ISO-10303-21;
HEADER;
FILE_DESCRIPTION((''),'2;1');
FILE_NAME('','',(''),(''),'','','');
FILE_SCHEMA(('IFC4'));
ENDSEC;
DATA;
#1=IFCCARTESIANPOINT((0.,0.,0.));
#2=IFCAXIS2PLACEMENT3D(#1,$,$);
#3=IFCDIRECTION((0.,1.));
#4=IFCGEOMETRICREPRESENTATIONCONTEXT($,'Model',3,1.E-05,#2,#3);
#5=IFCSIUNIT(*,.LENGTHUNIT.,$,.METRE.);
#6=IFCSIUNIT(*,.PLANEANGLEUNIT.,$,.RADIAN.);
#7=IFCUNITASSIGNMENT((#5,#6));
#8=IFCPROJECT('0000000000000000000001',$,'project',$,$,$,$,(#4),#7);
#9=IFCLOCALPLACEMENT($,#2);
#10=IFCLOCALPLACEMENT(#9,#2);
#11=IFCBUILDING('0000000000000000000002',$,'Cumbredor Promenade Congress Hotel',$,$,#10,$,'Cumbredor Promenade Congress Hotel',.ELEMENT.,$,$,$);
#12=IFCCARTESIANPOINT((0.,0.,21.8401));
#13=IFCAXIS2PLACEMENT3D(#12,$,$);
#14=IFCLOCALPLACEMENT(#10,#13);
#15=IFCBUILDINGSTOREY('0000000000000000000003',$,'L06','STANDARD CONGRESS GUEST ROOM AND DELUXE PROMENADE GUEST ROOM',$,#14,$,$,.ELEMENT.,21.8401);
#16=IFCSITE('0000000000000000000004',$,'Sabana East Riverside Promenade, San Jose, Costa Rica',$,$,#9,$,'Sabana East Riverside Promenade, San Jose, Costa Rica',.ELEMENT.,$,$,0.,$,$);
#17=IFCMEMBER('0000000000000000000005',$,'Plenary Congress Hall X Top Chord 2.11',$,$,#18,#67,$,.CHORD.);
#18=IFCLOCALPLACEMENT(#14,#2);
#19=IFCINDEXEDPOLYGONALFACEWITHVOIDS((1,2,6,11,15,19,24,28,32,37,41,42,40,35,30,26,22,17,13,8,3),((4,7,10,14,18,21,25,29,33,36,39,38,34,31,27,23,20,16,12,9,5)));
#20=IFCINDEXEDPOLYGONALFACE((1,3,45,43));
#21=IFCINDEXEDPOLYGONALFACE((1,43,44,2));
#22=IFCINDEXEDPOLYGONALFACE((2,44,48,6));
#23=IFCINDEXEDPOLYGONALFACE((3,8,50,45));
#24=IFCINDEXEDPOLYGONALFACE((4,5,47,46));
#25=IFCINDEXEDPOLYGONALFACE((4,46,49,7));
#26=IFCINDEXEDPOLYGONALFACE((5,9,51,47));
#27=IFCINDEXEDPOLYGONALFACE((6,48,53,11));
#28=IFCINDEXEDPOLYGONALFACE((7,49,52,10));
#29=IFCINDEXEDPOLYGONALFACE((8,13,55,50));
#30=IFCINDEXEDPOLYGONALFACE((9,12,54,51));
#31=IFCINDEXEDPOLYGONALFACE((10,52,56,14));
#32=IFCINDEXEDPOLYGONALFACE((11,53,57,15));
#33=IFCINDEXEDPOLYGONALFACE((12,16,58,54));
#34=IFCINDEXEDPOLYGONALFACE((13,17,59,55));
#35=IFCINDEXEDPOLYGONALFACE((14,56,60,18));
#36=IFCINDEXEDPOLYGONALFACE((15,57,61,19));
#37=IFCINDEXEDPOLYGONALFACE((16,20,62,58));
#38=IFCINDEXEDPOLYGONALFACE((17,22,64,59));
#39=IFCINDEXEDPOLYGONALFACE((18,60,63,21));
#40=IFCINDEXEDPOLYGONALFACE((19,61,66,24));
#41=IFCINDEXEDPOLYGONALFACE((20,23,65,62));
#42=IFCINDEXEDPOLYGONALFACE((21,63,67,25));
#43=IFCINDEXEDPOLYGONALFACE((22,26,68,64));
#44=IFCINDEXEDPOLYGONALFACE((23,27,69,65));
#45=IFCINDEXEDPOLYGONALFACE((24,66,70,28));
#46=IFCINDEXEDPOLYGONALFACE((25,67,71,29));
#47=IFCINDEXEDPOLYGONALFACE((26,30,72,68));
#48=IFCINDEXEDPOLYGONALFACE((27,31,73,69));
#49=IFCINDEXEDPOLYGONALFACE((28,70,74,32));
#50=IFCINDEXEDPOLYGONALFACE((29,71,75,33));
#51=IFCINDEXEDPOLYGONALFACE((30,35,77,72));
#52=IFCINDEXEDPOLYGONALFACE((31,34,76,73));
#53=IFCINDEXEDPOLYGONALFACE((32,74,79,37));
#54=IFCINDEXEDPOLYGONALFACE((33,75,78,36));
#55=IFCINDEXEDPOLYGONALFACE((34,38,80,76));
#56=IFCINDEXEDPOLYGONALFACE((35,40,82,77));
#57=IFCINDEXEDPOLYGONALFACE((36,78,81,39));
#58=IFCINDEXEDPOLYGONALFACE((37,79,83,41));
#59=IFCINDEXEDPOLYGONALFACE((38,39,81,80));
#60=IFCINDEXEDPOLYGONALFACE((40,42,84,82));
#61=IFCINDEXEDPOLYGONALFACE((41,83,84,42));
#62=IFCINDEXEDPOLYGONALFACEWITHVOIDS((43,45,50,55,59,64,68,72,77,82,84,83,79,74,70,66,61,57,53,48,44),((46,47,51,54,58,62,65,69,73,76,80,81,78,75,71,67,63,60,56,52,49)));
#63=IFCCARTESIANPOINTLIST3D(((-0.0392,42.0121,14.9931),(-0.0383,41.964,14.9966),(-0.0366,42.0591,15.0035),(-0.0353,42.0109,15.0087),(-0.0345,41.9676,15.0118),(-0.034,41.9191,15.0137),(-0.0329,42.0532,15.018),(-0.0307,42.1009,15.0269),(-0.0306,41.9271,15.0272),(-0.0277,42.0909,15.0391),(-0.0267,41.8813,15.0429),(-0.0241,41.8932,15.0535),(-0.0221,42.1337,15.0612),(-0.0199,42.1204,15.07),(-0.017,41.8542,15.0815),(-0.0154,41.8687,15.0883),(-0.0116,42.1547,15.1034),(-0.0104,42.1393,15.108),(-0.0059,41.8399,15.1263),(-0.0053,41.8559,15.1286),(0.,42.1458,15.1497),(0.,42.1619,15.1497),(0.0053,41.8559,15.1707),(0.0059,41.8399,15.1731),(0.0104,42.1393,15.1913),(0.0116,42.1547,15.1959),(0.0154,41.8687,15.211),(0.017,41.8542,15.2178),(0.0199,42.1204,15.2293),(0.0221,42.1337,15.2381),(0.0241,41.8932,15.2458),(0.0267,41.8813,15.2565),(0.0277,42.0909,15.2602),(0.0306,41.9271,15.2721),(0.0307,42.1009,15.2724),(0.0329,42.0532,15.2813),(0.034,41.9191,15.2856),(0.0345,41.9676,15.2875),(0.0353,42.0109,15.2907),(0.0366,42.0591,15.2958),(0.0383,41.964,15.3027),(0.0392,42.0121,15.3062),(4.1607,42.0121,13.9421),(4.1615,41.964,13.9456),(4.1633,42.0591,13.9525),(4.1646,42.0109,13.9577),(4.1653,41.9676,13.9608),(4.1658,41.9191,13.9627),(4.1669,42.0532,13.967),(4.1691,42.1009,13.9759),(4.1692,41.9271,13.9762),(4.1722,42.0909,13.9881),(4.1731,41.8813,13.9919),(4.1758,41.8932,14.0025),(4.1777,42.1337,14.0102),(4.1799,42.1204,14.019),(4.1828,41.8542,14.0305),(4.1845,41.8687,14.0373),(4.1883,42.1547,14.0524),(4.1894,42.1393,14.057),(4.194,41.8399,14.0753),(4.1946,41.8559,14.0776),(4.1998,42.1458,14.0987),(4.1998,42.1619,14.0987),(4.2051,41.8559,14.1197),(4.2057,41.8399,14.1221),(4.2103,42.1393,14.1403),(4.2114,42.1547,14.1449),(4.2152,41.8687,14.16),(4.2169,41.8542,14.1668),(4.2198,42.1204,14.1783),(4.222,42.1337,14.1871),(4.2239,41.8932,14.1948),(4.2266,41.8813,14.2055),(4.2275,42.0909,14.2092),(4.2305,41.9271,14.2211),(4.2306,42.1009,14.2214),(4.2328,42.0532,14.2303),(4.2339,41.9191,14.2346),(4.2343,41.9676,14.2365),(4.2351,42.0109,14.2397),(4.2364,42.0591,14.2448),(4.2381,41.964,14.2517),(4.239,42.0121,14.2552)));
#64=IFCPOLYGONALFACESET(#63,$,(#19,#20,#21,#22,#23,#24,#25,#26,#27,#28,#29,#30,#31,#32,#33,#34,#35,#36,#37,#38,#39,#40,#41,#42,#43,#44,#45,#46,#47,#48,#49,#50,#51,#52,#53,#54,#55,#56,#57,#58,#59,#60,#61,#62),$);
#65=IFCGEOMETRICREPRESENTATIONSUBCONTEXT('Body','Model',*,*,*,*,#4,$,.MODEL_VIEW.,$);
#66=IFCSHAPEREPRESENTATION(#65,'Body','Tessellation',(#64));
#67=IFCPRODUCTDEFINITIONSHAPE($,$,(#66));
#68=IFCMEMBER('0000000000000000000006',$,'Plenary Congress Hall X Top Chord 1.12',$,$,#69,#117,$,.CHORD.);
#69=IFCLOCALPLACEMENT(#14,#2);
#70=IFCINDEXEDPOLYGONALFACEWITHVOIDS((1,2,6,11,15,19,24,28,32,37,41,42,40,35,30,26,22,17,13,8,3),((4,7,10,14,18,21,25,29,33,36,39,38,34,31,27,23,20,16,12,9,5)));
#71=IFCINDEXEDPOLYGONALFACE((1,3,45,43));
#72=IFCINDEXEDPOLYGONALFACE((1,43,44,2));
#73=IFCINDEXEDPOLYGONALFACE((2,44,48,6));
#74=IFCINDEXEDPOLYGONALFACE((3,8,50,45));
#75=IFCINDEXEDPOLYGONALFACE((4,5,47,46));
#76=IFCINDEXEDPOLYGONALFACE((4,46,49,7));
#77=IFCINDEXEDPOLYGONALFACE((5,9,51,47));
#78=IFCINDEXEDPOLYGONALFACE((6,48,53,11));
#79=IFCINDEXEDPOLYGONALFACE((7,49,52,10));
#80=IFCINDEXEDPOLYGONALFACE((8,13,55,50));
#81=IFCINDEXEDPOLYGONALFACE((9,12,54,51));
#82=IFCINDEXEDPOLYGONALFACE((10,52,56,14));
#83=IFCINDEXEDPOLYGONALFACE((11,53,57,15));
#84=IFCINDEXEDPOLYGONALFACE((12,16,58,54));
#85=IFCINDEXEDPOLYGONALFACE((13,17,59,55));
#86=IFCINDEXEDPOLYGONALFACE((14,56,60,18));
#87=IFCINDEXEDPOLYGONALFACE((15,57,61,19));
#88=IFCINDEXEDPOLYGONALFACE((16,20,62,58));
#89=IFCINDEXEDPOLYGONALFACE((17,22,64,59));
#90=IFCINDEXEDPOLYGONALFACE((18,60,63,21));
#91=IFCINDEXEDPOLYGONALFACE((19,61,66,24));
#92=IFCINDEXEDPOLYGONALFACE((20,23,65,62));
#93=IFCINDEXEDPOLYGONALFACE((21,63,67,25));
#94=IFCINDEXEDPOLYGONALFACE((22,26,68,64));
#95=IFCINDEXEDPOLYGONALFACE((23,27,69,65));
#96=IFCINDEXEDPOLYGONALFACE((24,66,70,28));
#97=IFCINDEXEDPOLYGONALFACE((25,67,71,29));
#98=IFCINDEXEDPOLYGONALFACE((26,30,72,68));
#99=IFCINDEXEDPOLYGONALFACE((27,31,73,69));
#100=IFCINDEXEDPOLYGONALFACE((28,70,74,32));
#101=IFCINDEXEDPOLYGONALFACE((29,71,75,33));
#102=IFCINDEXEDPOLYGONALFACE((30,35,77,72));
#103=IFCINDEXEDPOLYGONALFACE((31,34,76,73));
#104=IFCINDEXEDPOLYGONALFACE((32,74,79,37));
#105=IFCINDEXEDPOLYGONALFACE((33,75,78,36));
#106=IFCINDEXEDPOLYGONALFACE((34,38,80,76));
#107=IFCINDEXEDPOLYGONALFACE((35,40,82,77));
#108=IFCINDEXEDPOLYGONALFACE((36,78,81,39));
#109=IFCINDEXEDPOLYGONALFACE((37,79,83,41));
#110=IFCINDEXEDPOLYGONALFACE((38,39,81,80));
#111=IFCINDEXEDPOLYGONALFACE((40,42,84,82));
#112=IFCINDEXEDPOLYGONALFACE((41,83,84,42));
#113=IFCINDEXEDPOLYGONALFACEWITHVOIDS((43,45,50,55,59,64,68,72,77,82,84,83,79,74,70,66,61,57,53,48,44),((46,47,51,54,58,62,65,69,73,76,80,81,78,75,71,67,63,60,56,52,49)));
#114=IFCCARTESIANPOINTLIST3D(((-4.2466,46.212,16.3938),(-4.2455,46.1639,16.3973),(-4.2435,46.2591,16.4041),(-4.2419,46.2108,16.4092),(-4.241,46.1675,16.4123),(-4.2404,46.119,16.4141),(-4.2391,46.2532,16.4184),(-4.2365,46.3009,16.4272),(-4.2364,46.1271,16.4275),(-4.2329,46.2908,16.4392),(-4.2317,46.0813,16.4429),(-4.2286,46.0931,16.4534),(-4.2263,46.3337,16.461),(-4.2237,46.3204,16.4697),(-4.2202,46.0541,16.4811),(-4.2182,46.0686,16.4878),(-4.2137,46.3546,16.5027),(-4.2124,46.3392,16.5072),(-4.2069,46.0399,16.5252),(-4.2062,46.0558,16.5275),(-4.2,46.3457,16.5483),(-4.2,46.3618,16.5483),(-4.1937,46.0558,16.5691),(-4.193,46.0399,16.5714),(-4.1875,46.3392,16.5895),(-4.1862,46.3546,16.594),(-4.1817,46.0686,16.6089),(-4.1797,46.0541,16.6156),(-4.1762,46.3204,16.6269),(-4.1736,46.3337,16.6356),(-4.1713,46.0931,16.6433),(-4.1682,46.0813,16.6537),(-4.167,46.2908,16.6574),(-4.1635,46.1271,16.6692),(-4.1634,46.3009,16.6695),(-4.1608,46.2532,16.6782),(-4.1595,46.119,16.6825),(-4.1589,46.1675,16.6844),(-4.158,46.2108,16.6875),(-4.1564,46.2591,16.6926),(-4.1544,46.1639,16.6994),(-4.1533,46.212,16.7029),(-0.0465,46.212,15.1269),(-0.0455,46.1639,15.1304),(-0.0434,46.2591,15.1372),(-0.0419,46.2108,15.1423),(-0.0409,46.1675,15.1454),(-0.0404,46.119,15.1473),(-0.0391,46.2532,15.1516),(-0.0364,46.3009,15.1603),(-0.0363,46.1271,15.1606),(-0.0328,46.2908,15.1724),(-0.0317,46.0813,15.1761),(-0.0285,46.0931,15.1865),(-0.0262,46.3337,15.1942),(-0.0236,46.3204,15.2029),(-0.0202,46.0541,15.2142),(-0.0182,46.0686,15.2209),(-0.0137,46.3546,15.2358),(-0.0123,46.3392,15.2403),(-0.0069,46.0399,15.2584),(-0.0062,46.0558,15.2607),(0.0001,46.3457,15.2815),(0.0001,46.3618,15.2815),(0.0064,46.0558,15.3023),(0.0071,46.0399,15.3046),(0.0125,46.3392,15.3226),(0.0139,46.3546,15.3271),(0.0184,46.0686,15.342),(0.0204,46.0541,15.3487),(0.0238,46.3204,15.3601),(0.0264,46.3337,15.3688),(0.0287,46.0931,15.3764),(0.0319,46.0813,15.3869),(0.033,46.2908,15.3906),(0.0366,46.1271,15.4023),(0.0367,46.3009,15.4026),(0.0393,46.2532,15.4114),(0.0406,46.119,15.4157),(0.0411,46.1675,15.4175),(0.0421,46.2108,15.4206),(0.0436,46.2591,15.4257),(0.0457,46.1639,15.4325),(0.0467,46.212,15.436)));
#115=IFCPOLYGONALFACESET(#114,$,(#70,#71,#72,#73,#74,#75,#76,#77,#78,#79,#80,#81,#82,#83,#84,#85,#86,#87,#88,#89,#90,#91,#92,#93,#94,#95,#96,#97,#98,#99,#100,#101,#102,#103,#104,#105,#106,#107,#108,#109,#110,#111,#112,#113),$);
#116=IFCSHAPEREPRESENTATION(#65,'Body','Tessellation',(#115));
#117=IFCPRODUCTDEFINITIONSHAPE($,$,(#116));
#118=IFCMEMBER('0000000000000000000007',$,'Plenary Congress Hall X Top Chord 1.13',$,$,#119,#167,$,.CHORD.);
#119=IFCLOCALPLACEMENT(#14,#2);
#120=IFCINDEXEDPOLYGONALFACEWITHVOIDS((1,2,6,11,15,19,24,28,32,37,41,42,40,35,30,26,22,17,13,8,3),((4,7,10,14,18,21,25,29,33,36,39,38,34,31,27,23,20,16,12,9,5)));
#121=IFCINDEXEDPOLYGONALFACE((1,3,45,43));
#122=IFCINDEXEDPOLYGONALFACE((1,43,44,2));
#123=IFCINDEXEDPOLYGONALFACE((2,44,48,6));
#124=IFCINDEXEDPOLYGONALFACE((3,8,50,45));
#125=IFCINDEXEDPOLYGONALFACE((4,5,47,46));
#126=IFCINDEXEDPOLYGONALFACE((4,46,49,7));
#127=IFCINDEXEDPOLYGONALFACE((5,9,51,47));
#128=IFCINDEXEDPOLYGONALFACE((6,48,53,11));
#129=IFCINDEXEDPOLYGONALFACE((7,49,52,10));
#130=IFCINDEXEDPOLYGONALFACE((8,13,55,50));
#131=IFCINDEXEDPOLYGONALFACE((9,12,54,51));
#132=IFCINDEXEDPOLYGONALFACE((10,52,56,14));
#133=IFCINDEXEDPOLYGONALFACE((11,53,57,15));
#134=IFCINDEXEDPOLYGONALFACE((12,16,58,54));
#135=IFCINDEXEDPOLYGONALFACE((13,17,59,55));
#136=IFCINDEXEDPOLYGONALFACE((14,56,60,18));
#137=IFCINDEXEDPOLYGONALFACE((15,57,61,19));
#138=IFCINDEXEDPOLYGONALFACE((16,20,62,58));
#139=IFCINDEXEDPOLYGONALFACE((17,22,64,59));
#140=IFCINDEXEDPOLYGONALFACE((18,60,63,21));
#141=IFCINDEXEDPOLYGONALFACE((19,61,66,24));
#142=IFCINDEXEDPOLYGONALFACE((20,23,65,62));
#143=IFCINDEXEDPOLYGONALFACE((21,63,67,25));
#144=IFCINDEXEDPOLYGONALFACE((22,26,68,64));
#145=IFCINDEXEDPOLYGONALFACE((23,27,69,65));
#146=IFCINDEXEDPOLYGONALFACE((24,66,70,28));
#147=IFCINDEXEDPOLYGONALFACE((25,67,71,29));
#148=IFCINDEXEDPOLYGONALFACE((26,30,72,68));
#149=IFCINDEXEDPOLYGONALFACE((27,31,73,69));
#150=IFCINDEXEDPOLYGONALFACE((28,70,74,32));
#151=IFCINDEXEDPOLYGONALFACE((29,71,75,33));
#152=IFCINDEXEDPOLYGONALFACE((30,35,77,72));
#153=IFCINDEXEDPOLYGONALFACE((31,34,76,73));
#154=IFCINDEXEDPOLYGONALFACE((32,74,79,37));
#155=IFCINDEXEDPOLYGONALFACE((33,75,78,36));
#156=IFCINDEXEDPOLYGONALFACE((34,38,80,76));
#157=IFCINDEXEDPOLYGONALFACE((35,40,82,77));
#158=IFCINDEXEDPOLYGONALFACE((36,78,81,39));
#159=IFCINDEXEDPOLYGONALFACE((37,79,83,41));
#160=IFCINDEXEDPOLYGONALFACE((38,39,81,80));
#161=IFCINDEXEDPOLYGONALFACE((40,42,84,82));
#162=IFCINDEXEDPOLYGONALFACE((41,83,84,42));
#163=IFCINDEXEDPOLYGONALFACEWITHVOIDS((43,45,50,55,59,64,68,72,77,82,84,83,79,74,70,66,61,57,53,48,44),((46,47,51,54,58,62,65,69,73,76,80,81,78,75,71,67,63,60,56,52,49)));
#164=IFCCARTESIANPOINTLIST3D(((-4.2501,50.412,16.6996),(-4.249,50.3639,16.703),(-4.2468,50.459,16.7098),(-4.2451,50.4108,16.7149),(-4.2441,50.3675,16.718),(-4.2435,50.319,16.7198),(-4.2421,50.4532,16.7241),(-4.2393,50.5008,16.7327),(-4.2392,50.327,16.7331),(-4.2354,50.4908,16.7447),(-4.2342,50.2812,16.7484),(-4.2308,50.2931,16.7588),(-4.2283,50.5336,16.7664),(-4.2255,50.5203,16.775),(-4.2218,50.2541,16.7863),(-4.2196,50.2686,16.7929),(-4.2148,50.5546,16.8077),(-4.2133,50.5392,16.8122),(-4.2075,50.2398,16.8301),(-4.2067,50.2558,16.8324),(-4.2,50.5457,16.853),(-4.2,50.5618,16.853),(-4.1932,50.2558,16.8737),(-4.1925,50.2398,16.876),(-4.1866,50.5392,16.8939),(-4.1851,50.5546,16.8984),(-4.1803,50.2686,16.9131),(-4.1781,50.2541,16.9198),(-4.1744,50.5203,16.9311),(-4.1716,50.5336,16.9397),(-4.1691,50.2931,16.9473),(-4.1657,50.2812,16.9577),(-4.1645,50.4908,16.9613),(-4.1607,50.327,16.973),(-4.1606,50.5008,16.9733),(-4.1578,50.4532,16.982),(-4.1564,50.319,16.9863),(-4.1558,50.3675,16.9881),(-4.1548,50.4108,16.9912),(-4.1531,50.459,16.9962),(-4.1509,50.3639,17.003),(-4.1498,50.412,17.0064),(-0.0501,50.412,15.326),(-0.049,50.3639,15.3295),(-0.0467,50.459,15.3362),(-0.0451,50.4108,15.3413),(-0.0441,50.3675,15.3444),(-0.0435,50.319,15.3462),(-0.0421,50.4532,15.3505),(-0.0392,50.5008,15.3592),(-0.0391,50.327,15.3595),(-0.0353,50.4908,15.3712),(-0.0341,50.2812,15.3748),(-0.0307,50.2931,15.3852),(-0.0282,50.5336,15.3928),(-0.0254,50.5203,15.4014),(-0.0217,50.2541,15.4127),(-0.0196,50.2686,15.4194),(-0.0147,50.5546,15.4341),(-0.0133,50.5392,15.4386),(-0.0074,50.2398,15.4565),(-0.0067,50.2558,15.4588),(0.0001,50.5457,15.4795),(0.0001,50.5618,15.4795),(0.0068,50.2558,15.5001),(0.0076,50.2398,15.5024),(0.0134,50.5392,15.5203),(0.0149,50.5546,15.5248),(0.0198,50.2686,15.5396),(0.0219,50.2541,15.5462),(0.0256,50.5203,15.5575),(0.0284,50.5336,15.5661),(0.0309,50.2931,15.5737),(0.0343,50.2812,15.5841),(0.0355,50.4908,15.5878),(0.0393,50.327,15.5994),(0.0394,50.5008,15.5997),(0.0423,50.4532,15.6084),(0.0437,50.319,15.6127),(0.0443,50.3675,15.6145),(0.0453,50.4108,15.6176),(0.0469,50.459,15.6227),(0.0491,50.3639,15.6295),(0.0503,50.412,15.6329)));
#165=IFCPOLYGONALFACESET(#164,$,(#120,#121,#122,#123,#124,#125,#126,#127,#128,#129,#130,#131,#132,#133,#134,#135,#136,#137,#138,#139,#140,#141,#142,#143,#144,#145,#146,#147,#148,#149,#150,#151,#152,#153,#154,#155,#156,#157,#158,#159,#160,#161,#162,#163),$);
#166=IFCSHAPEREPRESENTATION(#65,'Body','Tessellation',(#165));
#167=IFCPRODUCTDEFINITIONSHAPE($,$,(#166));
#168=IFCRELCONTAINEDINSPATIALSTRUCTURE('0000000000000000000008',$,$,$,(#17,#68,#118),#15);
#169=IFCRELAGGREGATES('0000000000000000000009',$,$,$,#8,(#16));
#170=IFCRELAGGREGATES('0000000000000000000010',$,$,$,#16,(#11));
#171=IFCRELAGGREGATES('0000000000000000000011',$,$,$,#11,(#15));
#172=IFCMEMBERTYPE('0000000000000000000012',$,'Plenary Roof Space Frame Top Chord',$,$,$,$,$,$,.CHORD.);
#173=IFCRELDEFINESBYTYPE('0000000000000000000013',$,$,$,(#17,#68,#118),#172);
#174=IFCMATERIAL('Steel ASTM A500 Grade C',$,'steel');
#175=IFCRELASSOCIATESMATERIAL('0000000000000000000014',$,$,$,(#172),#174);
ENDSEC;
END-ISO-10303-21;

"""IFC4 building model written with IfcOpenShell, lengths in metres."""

from ifc_helpers import new_model, si_unit, direction, frame, origin, origin_2d, place, context, subcontext, project, spatial, hollow_circle, extrude, material, material_profile, profile_set, type_object, element, save


model = new_model("IFC4")

# Units and contexts
model_context = context("Model", 3, precision=1e-05, world=origin(), true_north=direction((0.0, 1.0)))
body_context = subcontext(model_context, "Body", "Model", "MODEL_VIEW")
ifc_project = project(units=[si_unit("LENGTHUNIT", "METRE"), si_unit("PLANEANGLEUNIT", "RADIAN")], contexts=[model_context])

# Site, building, storey
site_placement = place(None, origin())
site = spatial("IfcSite", under=ifc_project, at=site_placement, Name="Sabana East Riverside Promenade, San Jose, Costa Rica", LongName="Sabana East Riverside Promenade, San Jose, Costa Rica", CompositionType="ELEMENT", RefElevation=0.0)
building_placement = place(site_placement, origin())
building = spatial("IfcBuilding", under=site, at=building_placement, Name="Cumbredor Promenade Congress Hotel", LongName="Cumbredor Promenade Congress Hotel", CompositionType="ELEMENT")
storey_placement = place(building_placement, frame((0.0, 0.0, 21.8401)))
storey = spatial("IfcBuildingStorey", under=building, at=storey_placement, Name="L06", Description="STANDARD CONGRESS GUEST ROOM AND DELUXE PROMENADE GUEST ROOM", CompositionType="ELEMENT", Elevation=21.8401)

# Members
ifc_material_1 = material(Name="Steel ASTM A500 Grade C", Category="steel")
ifc_material_profile_1 = material_profile(ifc_material_1, hollow_circle(Radius=0.1619, WallThickness=0.0161, at=origin_2d()), Name="CHS 323.9x16")
ifc_profile_set_1 = profile_set([ifc_material_profile_1], Name="Steel ASTM A500 Grade C")
member_type_1 = type_object("IfcMemberType", Name="Plenary Roof Space Frame Top Chord", PredefinedType="CHORD", material=ifc_profile_set_1)
member_1_placement = place(storey_placement, frame((0.0, 42.0, 15.1497), z_axis=(0.970086, 0.0, -0.242761), x_axis=(0.0, 1.0, 0.0)))
element("IfcMember", 1, at=member_1_placement, inside=storey, type_object=member_type_1, Name="Plenary Congress Hall X Top Chord 2.11", PredefinedType="CHORD", context=body_context, shape_type="SweptSolid", body=[
    extrude(hollow_circle(Radius=0.1619, WallThickness=0.0161, at=origin_2d()), origin(), (0.0, 0.0, 1.0), 4.3293),
])
member_2_placement = place(storey_placement, frame((-4.2, 46.2, 16.5483), z_axis=(0.957395, 0.0, -0.288782), x_axis=(0.0, 1.0, 0.0)))
element("IfcMember", 2, at=member_2_placement, inside=storey, type_object=member_type_1, Name="Plenary Congress Hall X Top Chord 1.12", PredefinedType="CHORD", context=body_context, shape_type="SweptSolid", body=[
    extrude(hollow_circle(Radius=0.1619, WallThickness=0.0161, at=origin_2d()), origin(), (0.0, 0.0, 1.0), 4.387),
])
member_3_placement = place(storey_placement, frame((-4.2, 50.3999, 16.853), z_axis=(0.950464, 0.0, -0.310836), x_axis=(0.0, 1.0, 0.0)))
element("IfcMember", 3, at=member_3_placement, inside=storey, type_object=member_type_1, Name="Plenary Congress Hall X Top Chord 1.13", PredefinedType="CHORD", context=body_context, shape_type="SweptSolid", body=[
    extrude(hollow_circle(Radius=0.1619, WallThickness=0.0161, at=origin_2d()), origin(), (0.0, 0.0, 1.0), 4.4189),
])

save(model, "model.ifc")
